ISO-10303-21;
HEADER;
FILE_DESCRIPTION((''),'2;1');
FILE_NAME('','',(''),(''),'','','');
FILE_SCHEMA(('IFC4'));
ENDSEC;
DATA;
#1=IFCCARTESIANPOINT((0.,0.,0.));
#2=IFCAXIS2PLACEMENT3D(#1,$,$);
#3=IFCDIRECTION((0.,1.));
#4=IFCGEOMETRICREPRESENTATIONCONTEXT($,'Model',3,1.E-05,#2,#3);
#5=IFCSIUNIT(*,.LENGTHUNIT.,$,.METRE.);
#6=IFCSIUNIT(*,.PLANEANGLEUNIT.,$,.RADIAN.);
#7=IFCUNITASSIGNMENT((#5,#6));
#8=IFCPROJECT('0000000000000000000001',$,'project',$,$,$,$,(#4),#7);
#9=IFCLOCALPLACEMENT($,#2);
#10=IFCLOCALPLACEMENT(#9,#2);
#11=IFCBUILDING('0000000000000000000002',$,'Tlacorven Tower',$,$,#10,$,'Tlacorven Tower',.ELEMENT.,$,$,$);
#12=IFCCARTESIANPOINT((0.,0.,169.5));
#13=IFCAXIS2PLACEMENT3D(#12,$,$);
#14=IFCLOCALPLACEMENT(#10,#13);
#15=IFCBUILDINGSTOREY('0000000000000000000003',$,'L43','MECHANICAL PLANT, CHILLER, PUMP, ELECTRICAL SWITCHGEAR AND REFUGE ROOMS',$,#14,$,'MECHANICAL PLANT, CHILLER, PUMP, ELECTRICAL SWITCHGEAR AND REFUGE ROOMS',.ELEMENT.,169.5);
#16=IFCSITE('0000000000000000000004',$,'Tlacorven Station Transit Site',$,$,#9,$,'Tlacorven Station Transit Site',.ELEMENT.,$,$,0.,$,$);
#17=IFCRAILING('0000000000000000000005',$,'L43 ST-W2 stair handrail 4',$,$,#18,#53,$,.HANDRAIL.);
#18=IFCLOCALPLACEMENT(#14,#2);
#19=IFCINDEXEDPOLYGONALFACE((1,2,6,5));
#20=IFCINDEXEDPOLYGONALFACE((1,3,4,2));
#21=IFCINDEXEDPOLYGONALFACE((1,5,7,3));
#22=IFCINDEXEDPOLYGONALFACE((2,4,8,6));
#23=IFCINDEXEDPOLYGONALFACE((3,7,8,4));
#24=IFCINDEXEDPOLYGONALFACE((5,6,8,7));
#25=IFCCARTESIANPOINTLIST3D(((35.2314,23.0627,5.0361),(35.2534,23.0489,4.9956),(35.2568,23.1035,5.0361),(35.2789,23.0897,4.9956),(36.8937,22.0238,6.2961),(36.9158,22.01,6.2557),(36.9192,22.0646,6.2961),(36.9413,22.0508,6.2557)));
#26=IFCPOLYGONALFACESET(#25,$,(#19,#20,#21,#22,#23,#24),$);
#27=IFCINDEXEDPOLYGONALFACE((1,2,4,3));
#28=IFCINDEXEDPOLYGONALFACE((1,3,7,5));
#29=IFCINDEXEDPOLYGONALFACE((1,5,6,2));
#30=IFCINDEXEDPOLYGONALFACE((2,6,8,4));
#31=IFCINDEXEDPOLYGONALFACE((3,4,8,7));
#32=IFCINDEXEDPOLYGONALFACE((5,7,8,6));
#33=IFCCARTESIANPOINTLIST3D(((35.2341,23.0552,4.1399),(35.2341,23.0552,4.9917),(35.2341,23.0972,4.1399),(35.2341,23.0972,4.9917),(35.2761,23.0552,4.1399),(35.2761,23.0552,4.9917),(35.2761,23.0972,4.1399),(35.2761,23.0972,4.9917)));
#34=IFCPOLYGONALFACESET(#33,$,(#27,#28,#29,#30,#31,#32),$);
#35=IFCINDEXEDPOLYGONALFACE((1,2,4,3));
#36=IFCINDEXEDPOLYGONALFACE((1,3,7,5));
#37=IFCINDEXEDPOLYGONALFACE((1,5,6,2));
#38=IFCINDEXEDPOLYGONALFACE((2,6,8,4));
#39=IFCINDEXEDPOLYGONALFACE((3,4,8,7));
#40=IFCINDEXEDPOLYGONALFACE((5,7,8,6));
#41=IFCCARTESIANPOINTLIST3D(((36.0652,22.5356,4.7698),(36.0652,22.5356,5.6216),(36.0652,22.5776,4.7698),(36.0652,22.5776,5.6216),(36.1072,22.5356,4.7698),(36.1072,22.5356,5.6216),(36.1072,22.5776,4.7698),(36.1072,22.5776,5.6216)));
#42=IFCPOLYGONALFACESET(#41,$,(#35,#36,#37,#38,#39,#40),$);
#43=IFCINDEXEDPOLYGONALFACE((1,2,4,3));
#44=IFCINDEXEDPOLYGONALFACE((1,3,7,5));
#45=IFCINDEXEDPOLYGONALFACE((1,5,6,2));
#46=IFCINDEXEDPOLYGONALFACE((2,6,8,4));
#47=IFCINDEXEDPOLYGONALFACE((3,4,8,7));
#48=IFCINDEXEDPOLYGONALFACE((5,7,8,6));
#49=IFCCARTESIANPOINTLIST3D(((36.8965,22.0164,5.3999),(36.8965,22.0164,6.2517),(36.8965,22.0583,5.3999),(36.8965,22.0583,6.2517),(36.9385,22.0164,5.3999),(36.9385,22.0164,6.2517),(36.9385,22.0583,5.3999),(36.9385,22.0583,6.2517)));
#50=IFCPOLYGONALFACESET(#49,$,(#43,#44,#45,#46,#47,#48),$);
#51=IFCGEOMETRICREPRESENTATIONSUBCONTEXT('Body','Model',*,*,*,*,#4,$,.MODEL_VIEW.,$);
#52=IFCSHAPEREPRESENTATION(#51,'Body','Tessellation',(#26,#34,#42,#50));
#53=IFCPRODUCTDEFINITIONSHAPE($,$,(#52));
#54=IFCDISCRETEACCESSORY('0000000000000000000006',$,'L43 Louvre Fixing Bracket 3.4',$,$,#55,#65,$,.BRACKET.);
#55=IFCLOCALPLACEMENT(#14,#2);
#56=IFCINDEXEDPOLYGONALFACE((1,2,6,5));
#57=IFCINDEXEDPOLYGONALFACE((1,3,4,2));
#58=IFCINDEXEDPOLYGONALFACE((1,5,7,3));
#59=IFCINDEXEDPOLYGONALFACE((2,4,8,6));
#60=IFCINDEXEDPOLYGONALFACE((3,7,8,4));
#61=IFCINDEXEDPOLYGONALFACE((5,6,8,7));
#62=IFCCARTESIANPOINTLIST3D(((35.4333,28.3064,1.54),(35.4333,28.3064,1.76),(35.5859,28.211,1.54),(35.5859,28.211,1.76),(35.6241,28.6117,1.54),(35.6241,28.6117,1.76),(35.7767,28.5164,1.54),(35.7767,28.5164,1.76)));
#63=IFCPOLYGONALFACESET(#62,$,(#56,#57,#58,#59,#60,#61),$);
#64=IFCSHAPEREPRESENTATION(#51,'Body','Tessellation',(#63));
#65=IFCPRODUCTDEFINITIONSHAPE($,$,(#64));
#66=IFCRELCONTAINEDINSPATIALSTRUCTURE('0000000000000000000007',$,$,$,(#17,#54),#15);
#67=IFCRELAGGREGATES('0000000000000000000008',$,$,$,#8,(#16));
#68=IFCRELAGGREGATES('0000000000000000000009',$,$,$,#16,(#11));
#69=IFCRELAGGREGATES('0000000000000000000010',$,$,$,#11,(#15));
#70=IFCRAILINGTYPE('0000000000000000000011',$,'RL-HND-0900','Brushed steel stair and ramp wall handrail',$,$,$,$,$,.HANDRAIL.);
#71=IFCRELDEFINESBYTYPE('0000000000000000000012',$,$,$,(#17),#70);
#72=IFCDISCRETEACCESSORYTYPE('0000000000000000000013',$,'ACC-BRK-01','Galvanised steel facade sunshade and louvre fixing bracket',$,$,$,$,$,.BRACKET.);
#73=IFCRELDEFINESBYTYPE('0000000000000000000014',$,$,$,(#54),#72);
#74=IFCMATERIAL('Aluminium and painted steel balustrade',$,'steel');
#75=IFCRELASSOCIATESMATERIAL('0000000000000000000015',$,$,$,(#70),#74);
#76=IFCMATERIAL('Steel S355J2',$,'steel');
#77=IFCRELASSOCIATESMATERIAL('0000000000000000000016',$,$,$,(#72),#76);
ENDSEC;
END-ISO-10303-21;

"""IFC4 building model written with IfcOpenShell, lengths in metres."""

from ifc_helpers import new_model, si_unit, direction, frame, origin, origin_2d, place, context, subcontext, project, spatial, rectangle, extrude, source, transform, mapped, material, type_object, element, save


model = new_model("IFC4")

# Units and contexts
model_context = context("Model", 3, precision=1e-05, world=origin(), true_north=direction((0.0, 1.0)))
body_context = subcontext(model_context, "Body", "Model", "MODEL_VIEW")
ifc_project = project(units=[si_unit("LENGTHUNIT", "METRE"), si_unit("PLANEANGLEUNIT", "RADIAN")], contexts=[model_context])

# Site, building, storey
site_placement = place(None, origin())
site = spatial("IfcSite", under=ifc_project, at=site_placement, Name="Tlacorven Station Transit Site", LongName="Tlacorven Station Transit Site", CompositionType="ELEMENT", RefElevation=0.0)
building_placement = place(site_placement, origin())
building = spatial("IfcBuilding", under=site, at=building_placement, Name="Tlacorven Tower", LongName="Tlacorven Tower", CompositionType="ELEMENT")
storey_placement = place(building_placement, frame((0.0, 0.0, 169.5)))
storey = spatial("IfcBuildingStorey", under=building, at=storey_placement, Name="L43", Description="MECHANICAL PLANT, CHILLER, PUMP, ELECTRICAL SWITCHGEAR AND REFUGE ROOMS", LongName="MECHANICAL PLANT, CHILLER, PUMP, ELECTRICAL SWITCHGEAR AND REFUGE ROOMS", CompositionType="ELEMENT", Elevation=169.5)

# Shared definitions
ifc_material_1 = material(Name="Steel S355J2", Category="steel")

# Railing
ifc_material_2 = material(Name="Aluminium and painted steel balustrade", Category="steel")
railing_type_1 = type_object("IfcRailingType", Name="RL-HND-0900", Description="Brushed steel stair and ramp wall handrail", PredefinedType="HANDRAIL", material=ifc_material_2)
shared_shape_1 = source(origin(), body_context, "Body", "SweptSolid", [
    extrude(rectangle(XDim=0.0481, YDim=0.0481, at=origin_2d()), frame((0.0, 0.0, 0.876), z_axis=(0.713372, -0.445792, 0.540713), x_axis=(0.529943, 0.848033, 0.0)), (0.0, 0.0, 1.0), 2.3303),
    extrude(rectangle(XDim=0.042, YDim=0.042, at=origin_2d()), origin(), (0.0, 0.0, 1.0), 0.8518),
    extrude(rectangle(XDim=0.042, YDim=0.042, at=origin_2d()), frame((0.8311, -0.5195, 0.6299)), (0.0, 0.0, 1.0), 0.8518),
    extrude(rectangle(XDim=0.042, YDim=0.042, at=origin_2d()), frame((1.6624, -1.0388, 1.26)), (0.0, 0.0, 1.0), 0.8518),
])
railing_1_placement = place(storey_placement, frame((35.2551, 23.0762, 4.1399)))
element("IfcRailing", 1, at=railing_1_placement, inside=storey, type_object=railing_type_1, Name="L43 ST-W2 stair handrail 4", PredefinedType="HANDRAIL", context=body_context, shape_type="MappedRepresentation", body=[
    mapped(shared_shape_1, transform((0.0, 0.0, 0.0), scale=1.0)),
])

# Discrete accessory
discrete_accessory_type = type_object("IfcDiscreteAccessoryType", Name="ACC-BRK-01", Description="Galvanised steel facade sunshade and louvre fixing bracket", PredefinedType="BRACKET", material=ifc_material_1)
shared_shape_2 = source(origin(), body_context, "Body", "SweptSolid", [
    extrude(rectangle(XDim=0.1799, YDim=0.3601, at=origin_2d()), origin(), (0.0, 0.0, 1.0), 0.22),
])
discrete_accessory_placement = place(storey_placement, frame((35.605, 28.4114, 1.54), z_axis=(0.0, 0.0, 1.0), x_axis=(0.848048, -0.529919, 0.0)))
element("IfcDiscreteAccessory", 2, at=discrete_accessory_placement, inside=storey, type_object=discrete_accessory_type, Name="L43 Louvre Fixing Bracket 3.4", PredefinedType="BRACKET", context=body_context, shape_type="MappedRepresentation", body=[
    mapped(shared_shape_2, transform((0.0, 0.0, 0.0), scale=1.0)),
])

save(model, "model.ifc")
